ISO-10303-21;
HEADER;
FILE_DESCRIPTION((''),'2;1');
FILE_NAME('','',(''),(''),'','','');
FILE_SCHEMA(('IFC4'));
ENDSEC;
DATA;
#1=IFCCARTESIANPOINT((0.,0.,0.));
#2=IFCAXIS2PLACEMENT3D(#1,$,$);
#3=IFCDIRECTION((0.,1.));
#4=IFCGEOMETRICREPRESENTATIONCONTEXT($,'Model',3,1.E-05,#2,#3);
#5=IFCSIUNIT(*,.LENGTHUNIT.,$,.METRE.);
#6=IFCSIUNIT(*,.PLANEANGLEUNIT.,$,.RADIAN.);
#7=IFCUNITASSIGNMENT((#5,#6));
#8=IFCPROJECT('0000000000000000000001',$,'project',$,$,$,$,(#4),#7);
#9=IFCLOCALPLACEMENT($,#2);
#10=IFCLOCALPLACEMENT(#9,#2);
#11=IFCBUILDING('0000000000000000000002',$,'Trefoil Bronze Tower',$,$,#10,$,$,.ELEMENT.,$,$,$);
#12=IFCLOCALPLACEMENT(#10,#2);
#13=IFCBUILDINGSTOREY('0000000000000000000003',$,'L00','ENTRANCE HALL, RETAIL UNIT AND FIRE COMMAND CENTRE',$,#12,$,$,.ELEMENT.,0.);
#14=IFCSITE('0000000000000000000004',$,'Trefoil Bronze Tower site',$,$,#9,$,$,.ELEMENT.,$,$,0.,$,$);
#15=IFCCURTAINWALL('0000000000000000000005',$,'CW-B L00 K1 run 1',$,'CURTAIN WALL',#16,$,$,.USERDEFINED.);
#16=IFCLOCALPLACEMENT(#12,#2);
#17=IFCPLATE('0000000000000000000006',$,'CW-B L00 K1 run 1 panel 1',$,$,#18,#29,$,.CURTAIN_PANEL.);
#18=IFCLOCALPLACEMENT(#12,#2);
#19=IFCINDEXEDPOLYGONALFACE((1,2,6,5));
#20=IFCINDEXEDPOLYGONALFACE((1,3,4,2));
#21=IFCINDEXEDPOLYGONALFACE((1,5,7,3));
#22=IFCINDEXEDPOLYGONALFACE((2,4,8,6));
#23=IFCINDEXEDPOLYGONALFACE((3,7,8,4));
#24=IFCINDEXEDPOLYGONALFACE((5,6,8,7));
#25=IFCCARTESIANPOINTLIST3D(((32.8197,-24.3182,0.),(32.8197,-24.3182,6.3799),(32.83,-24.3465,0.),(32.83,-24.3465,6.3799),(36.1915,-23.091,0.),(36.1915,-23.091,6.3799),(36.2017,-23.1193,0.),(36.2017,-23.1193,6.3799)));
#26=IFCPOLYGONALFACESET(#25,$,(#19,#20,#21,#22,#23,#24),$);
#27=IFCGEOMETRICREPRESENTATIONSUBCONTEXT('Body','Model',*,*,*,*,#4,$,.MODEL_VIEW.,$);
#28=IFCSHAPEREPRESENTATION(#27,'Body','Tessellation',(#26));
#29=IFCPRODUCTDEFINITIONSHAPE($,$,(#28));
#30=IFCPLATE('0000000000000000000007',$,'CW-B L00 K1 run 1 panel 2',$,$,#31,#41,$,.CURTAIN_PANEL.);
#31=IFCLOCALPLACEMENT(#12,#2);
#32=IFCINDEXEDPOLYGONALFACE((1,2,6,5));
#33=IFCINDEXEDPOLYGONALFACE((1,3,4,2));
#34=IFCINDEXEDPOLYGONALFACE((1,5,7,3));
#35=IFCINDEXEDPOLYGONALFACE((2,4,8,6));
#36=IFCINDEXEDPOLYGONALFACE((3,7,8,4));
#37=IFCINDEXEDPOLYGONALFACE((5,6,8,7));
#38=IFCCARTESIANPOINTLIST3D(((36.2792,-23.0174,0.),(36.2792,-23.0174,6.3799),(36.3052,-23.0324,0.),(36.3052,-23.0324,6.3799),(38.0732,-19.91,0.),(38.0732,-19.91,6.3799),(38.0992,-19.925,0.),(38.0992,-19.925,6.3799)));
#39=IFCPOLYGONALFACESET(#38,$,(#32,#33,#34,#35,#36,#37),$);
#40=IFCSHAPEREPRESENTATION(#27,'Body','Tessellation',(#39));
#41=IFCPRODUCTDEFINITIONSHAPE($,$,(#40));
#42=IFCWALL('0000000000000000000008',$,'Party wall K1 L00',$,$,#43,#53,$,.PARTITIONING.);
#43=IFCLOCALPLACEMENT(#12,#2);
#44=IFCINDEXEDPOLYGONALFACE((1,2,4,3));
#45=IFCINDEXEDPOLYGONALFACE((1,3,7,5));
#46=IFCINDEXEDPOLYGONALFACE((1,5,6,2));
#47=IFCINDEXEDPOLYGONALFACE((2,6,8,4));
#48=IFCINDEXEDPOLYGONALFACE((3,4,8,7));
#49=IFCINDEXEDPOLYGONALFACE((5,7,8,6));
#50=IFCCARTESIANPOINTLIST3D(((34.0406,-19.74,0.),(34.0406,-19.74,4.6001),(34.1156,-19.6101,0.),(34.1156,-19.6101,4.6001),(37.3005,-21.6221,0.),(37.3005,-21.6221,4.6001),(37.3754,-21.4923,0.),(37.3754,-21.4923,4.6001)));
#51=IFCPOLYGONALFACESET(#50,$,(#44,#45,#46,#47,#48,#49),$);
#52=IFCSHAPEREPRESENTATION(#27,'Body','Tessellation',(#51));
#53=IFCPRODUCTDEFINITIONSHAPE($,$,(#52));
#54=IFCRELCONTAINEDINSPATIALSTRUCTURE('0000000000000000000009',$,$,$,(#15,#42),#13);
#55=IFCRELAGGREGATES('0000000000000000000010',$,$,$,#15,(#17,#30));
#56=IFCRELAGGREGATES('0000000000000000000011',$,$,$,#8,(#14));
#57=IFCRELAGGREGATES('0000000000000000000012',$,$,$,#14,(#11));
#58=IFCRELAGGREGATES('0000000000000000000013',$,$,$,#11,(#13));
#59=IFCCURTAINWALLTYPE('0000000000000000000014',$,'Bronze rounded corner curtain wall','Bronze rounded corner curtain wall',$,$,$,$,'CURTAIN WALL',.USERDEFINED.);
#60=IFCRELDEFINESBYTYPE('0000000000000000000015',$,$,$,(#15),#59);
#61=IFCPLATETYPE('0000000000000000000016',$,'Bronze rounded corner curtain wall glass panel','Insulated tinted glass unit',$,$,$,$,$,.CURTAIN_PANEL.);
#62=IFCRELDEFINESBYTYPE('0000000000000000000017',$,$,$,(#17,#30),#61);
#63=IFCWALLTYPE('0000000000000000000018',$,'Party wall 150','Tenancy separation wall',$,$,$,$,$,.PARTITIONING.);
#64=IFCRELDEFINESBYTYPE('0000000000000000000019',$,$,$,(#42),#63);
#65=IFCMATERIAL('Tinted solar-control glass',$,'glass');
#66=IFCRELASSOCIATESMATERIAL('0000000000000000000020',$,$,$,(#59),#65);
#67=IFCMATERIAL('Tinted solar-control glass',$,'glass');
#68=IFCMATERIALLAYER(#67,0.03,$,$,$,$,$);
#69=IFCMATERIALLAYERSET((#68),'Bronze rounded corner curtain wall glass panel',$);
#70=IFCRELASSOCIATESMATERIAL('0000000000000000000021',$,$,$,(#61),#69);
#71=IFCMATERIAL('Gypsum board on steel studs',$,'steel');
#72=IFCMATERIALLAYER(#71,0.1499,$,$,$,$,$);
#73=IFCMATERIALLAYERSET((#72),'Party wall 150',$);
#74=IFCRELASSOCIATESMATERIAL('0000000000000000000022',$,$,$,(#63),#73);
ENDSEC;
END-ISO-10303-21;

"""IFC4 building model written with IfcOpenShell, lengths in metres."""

from ifc_helpers import new_model, si_unit, direction, frame, frame_2d, origin, origin_2d, place, context, subcontext, project, spatial, rectangle, extrude, material, layer, layer_set, type_object, element, aggregate, save


model = new_model("IFC4")

# Units and contexts
model_context = context("Model", 3, precision=1e-05, world=origin(), true_north=direction((0.0, 1.0)))
body_context = subcontext(model_context, "Body", "Model", "MODEL_VIEW")
ifc_project = project(units=[si_unit("LENGTHUNIT", "METRE"), si_unit("PLANEANGLEUNIT", "RADIAN")], contexts=[model_context])

# Site, building, storey
site_placement = place(None, origin())
site = spatial("IfcSite", under=ifc_project, at=site_placement, Name="Trefoil Bronze Tower site", CompositionType="ELEMENT", RefElevation=0.0)
building_placement = place(site_placement, origin())
building = spatial("IfcBuilding", under=site, at=building_placement, Name="Trefoil Bronze Tower", CompositionType="ELEMENT")
storey_placement = place(building_placement, origin())
storey = spatial("IfcBuildingStorey", under=building, at=storey_placement, Name="L00", Description="ENTRANCE HALL, RETAIL UNIT AND FIRE COMMAND CENTRE", CompositionType="ELEMENT", Elevation=0.0)

# Curtain wall
ifc_material_1 = material(Name="Tinted solar-control glass", Category="glass")
curtain_wall_type_1 = type_object("IfcCurtainWallType", Name="Bronze rounded corner curtain wall", Description="Bronze rounded corner curtain wall", ElementType="CURTAIN WALL", PredefinedType="USERDEFINED", material=ifc_material_1)
curtain_wall_1_placement = place(storey_placement, origin())
curtain_wall_1 = element("IfcCurtainWall", 1, at=curtain_wall_1_placement, inside=storey, type_object=curtain_wall_type_1, Name="CW-B L00 K1 run 1", ObjectType="CURTAIN WALL", PredefinedType="USERDEFINED")

# Plates
ifc_material_2 = material(Name="Tinted solar-control glass", Category="glass")
ifc_layer_1 = layer(ifc_material_2, 0.03)
ifc_layer_set_1 = layer_set([ifc_layer_1], Name="Bronze rounded corner curtain wall glass panel")
plate_type_1 = type_object("IfcPlateType", Name="Bronze rounded corner curtain wall glass panel", Description="Insulated tinted glass unit", PredefinedType="CURTAIN_PANEL", material=ifc_layer_set_1)
plate_1_placement = place(storey_placement, frame((34.5107, -23.7188, 0.0), z_axis=(0.0, 0.0, 1.0), x_axis=(0.939693, 0.34202, 0.0)))
plate_1 = element("IfcPlate", 2, at=plate_1_placement, type_object=plate_type_1, Name="CW-B L00 K1 run 1 panel 1", PredefinedType="CURTAIN_PANEL", context=body_context, shape_type="SweptSolid", body=[
    extrude(rectangle(XDim=3.5881, YDim=0.03, at=origin_2d()), origin(), (0.0, 0.0, 1.0), 6.3799),
])
plate_2_placement = place(storey_placement, frame((37.1892, -21.4712, 0.0), z_axis=(0.0, 0.0, 1.0), x_axis=(0.5, 0.866025, 0.0)))
plate_2 = element("IfcPlate", 3, at=plate_2_placement, type_object=plate_type_1, Name="CW-B L00 K1 run 1 panel 2", PredefinedType="CURTAIN_PANEL", context=body_context, shape_type="SweptSolid", body=[
    extrude(rectangle(XDim=3.5881, YDim=0.03, at=origin_2d()), origin(), (0.0, 0.0, 1.0), 6.3799),
])
aggregate(curtain_wall_1, [plate_1, plate_2])

# Wall
ifc_material_3 = material(Name="Gypsum board on steel studs", Category="steel")
ifc_layer_2 = layer(ifc_material_3, 0.1499)
ifc_layer_set_2 = layer_set([ifc_layer_2], Name="Party wall 150")
wall_type_1 = type_object("IfcWallType", Name="Party wall 150", Description="Tenancy separation wall", PredefinedType="PARTITIONING", material=ifc_layer_set_2)
wall_1_placement = place(storey_placement, frame((34.0781, -19.675, 0.0), z_axis=(0.0, 0.0, 1.0), x_axis=(0.866019, -0.500011, 0.0)))
element("IfcWall", 4, at=wall_1_placement, inside=storey, type_object=wall_type_1, Name="Party wall K1 L00", PredefinedType="PARTITIONING", context=body_context, shape_type="SweptSolid", body=[
    extrude(rectangle(XDim=3.7642, YDim=0.1499, at=frame_2d((1.8821, 0.0))), origin(), (0.0, 0.0, 1.0), 4.6001),
])

save(model, "model.ifc")
